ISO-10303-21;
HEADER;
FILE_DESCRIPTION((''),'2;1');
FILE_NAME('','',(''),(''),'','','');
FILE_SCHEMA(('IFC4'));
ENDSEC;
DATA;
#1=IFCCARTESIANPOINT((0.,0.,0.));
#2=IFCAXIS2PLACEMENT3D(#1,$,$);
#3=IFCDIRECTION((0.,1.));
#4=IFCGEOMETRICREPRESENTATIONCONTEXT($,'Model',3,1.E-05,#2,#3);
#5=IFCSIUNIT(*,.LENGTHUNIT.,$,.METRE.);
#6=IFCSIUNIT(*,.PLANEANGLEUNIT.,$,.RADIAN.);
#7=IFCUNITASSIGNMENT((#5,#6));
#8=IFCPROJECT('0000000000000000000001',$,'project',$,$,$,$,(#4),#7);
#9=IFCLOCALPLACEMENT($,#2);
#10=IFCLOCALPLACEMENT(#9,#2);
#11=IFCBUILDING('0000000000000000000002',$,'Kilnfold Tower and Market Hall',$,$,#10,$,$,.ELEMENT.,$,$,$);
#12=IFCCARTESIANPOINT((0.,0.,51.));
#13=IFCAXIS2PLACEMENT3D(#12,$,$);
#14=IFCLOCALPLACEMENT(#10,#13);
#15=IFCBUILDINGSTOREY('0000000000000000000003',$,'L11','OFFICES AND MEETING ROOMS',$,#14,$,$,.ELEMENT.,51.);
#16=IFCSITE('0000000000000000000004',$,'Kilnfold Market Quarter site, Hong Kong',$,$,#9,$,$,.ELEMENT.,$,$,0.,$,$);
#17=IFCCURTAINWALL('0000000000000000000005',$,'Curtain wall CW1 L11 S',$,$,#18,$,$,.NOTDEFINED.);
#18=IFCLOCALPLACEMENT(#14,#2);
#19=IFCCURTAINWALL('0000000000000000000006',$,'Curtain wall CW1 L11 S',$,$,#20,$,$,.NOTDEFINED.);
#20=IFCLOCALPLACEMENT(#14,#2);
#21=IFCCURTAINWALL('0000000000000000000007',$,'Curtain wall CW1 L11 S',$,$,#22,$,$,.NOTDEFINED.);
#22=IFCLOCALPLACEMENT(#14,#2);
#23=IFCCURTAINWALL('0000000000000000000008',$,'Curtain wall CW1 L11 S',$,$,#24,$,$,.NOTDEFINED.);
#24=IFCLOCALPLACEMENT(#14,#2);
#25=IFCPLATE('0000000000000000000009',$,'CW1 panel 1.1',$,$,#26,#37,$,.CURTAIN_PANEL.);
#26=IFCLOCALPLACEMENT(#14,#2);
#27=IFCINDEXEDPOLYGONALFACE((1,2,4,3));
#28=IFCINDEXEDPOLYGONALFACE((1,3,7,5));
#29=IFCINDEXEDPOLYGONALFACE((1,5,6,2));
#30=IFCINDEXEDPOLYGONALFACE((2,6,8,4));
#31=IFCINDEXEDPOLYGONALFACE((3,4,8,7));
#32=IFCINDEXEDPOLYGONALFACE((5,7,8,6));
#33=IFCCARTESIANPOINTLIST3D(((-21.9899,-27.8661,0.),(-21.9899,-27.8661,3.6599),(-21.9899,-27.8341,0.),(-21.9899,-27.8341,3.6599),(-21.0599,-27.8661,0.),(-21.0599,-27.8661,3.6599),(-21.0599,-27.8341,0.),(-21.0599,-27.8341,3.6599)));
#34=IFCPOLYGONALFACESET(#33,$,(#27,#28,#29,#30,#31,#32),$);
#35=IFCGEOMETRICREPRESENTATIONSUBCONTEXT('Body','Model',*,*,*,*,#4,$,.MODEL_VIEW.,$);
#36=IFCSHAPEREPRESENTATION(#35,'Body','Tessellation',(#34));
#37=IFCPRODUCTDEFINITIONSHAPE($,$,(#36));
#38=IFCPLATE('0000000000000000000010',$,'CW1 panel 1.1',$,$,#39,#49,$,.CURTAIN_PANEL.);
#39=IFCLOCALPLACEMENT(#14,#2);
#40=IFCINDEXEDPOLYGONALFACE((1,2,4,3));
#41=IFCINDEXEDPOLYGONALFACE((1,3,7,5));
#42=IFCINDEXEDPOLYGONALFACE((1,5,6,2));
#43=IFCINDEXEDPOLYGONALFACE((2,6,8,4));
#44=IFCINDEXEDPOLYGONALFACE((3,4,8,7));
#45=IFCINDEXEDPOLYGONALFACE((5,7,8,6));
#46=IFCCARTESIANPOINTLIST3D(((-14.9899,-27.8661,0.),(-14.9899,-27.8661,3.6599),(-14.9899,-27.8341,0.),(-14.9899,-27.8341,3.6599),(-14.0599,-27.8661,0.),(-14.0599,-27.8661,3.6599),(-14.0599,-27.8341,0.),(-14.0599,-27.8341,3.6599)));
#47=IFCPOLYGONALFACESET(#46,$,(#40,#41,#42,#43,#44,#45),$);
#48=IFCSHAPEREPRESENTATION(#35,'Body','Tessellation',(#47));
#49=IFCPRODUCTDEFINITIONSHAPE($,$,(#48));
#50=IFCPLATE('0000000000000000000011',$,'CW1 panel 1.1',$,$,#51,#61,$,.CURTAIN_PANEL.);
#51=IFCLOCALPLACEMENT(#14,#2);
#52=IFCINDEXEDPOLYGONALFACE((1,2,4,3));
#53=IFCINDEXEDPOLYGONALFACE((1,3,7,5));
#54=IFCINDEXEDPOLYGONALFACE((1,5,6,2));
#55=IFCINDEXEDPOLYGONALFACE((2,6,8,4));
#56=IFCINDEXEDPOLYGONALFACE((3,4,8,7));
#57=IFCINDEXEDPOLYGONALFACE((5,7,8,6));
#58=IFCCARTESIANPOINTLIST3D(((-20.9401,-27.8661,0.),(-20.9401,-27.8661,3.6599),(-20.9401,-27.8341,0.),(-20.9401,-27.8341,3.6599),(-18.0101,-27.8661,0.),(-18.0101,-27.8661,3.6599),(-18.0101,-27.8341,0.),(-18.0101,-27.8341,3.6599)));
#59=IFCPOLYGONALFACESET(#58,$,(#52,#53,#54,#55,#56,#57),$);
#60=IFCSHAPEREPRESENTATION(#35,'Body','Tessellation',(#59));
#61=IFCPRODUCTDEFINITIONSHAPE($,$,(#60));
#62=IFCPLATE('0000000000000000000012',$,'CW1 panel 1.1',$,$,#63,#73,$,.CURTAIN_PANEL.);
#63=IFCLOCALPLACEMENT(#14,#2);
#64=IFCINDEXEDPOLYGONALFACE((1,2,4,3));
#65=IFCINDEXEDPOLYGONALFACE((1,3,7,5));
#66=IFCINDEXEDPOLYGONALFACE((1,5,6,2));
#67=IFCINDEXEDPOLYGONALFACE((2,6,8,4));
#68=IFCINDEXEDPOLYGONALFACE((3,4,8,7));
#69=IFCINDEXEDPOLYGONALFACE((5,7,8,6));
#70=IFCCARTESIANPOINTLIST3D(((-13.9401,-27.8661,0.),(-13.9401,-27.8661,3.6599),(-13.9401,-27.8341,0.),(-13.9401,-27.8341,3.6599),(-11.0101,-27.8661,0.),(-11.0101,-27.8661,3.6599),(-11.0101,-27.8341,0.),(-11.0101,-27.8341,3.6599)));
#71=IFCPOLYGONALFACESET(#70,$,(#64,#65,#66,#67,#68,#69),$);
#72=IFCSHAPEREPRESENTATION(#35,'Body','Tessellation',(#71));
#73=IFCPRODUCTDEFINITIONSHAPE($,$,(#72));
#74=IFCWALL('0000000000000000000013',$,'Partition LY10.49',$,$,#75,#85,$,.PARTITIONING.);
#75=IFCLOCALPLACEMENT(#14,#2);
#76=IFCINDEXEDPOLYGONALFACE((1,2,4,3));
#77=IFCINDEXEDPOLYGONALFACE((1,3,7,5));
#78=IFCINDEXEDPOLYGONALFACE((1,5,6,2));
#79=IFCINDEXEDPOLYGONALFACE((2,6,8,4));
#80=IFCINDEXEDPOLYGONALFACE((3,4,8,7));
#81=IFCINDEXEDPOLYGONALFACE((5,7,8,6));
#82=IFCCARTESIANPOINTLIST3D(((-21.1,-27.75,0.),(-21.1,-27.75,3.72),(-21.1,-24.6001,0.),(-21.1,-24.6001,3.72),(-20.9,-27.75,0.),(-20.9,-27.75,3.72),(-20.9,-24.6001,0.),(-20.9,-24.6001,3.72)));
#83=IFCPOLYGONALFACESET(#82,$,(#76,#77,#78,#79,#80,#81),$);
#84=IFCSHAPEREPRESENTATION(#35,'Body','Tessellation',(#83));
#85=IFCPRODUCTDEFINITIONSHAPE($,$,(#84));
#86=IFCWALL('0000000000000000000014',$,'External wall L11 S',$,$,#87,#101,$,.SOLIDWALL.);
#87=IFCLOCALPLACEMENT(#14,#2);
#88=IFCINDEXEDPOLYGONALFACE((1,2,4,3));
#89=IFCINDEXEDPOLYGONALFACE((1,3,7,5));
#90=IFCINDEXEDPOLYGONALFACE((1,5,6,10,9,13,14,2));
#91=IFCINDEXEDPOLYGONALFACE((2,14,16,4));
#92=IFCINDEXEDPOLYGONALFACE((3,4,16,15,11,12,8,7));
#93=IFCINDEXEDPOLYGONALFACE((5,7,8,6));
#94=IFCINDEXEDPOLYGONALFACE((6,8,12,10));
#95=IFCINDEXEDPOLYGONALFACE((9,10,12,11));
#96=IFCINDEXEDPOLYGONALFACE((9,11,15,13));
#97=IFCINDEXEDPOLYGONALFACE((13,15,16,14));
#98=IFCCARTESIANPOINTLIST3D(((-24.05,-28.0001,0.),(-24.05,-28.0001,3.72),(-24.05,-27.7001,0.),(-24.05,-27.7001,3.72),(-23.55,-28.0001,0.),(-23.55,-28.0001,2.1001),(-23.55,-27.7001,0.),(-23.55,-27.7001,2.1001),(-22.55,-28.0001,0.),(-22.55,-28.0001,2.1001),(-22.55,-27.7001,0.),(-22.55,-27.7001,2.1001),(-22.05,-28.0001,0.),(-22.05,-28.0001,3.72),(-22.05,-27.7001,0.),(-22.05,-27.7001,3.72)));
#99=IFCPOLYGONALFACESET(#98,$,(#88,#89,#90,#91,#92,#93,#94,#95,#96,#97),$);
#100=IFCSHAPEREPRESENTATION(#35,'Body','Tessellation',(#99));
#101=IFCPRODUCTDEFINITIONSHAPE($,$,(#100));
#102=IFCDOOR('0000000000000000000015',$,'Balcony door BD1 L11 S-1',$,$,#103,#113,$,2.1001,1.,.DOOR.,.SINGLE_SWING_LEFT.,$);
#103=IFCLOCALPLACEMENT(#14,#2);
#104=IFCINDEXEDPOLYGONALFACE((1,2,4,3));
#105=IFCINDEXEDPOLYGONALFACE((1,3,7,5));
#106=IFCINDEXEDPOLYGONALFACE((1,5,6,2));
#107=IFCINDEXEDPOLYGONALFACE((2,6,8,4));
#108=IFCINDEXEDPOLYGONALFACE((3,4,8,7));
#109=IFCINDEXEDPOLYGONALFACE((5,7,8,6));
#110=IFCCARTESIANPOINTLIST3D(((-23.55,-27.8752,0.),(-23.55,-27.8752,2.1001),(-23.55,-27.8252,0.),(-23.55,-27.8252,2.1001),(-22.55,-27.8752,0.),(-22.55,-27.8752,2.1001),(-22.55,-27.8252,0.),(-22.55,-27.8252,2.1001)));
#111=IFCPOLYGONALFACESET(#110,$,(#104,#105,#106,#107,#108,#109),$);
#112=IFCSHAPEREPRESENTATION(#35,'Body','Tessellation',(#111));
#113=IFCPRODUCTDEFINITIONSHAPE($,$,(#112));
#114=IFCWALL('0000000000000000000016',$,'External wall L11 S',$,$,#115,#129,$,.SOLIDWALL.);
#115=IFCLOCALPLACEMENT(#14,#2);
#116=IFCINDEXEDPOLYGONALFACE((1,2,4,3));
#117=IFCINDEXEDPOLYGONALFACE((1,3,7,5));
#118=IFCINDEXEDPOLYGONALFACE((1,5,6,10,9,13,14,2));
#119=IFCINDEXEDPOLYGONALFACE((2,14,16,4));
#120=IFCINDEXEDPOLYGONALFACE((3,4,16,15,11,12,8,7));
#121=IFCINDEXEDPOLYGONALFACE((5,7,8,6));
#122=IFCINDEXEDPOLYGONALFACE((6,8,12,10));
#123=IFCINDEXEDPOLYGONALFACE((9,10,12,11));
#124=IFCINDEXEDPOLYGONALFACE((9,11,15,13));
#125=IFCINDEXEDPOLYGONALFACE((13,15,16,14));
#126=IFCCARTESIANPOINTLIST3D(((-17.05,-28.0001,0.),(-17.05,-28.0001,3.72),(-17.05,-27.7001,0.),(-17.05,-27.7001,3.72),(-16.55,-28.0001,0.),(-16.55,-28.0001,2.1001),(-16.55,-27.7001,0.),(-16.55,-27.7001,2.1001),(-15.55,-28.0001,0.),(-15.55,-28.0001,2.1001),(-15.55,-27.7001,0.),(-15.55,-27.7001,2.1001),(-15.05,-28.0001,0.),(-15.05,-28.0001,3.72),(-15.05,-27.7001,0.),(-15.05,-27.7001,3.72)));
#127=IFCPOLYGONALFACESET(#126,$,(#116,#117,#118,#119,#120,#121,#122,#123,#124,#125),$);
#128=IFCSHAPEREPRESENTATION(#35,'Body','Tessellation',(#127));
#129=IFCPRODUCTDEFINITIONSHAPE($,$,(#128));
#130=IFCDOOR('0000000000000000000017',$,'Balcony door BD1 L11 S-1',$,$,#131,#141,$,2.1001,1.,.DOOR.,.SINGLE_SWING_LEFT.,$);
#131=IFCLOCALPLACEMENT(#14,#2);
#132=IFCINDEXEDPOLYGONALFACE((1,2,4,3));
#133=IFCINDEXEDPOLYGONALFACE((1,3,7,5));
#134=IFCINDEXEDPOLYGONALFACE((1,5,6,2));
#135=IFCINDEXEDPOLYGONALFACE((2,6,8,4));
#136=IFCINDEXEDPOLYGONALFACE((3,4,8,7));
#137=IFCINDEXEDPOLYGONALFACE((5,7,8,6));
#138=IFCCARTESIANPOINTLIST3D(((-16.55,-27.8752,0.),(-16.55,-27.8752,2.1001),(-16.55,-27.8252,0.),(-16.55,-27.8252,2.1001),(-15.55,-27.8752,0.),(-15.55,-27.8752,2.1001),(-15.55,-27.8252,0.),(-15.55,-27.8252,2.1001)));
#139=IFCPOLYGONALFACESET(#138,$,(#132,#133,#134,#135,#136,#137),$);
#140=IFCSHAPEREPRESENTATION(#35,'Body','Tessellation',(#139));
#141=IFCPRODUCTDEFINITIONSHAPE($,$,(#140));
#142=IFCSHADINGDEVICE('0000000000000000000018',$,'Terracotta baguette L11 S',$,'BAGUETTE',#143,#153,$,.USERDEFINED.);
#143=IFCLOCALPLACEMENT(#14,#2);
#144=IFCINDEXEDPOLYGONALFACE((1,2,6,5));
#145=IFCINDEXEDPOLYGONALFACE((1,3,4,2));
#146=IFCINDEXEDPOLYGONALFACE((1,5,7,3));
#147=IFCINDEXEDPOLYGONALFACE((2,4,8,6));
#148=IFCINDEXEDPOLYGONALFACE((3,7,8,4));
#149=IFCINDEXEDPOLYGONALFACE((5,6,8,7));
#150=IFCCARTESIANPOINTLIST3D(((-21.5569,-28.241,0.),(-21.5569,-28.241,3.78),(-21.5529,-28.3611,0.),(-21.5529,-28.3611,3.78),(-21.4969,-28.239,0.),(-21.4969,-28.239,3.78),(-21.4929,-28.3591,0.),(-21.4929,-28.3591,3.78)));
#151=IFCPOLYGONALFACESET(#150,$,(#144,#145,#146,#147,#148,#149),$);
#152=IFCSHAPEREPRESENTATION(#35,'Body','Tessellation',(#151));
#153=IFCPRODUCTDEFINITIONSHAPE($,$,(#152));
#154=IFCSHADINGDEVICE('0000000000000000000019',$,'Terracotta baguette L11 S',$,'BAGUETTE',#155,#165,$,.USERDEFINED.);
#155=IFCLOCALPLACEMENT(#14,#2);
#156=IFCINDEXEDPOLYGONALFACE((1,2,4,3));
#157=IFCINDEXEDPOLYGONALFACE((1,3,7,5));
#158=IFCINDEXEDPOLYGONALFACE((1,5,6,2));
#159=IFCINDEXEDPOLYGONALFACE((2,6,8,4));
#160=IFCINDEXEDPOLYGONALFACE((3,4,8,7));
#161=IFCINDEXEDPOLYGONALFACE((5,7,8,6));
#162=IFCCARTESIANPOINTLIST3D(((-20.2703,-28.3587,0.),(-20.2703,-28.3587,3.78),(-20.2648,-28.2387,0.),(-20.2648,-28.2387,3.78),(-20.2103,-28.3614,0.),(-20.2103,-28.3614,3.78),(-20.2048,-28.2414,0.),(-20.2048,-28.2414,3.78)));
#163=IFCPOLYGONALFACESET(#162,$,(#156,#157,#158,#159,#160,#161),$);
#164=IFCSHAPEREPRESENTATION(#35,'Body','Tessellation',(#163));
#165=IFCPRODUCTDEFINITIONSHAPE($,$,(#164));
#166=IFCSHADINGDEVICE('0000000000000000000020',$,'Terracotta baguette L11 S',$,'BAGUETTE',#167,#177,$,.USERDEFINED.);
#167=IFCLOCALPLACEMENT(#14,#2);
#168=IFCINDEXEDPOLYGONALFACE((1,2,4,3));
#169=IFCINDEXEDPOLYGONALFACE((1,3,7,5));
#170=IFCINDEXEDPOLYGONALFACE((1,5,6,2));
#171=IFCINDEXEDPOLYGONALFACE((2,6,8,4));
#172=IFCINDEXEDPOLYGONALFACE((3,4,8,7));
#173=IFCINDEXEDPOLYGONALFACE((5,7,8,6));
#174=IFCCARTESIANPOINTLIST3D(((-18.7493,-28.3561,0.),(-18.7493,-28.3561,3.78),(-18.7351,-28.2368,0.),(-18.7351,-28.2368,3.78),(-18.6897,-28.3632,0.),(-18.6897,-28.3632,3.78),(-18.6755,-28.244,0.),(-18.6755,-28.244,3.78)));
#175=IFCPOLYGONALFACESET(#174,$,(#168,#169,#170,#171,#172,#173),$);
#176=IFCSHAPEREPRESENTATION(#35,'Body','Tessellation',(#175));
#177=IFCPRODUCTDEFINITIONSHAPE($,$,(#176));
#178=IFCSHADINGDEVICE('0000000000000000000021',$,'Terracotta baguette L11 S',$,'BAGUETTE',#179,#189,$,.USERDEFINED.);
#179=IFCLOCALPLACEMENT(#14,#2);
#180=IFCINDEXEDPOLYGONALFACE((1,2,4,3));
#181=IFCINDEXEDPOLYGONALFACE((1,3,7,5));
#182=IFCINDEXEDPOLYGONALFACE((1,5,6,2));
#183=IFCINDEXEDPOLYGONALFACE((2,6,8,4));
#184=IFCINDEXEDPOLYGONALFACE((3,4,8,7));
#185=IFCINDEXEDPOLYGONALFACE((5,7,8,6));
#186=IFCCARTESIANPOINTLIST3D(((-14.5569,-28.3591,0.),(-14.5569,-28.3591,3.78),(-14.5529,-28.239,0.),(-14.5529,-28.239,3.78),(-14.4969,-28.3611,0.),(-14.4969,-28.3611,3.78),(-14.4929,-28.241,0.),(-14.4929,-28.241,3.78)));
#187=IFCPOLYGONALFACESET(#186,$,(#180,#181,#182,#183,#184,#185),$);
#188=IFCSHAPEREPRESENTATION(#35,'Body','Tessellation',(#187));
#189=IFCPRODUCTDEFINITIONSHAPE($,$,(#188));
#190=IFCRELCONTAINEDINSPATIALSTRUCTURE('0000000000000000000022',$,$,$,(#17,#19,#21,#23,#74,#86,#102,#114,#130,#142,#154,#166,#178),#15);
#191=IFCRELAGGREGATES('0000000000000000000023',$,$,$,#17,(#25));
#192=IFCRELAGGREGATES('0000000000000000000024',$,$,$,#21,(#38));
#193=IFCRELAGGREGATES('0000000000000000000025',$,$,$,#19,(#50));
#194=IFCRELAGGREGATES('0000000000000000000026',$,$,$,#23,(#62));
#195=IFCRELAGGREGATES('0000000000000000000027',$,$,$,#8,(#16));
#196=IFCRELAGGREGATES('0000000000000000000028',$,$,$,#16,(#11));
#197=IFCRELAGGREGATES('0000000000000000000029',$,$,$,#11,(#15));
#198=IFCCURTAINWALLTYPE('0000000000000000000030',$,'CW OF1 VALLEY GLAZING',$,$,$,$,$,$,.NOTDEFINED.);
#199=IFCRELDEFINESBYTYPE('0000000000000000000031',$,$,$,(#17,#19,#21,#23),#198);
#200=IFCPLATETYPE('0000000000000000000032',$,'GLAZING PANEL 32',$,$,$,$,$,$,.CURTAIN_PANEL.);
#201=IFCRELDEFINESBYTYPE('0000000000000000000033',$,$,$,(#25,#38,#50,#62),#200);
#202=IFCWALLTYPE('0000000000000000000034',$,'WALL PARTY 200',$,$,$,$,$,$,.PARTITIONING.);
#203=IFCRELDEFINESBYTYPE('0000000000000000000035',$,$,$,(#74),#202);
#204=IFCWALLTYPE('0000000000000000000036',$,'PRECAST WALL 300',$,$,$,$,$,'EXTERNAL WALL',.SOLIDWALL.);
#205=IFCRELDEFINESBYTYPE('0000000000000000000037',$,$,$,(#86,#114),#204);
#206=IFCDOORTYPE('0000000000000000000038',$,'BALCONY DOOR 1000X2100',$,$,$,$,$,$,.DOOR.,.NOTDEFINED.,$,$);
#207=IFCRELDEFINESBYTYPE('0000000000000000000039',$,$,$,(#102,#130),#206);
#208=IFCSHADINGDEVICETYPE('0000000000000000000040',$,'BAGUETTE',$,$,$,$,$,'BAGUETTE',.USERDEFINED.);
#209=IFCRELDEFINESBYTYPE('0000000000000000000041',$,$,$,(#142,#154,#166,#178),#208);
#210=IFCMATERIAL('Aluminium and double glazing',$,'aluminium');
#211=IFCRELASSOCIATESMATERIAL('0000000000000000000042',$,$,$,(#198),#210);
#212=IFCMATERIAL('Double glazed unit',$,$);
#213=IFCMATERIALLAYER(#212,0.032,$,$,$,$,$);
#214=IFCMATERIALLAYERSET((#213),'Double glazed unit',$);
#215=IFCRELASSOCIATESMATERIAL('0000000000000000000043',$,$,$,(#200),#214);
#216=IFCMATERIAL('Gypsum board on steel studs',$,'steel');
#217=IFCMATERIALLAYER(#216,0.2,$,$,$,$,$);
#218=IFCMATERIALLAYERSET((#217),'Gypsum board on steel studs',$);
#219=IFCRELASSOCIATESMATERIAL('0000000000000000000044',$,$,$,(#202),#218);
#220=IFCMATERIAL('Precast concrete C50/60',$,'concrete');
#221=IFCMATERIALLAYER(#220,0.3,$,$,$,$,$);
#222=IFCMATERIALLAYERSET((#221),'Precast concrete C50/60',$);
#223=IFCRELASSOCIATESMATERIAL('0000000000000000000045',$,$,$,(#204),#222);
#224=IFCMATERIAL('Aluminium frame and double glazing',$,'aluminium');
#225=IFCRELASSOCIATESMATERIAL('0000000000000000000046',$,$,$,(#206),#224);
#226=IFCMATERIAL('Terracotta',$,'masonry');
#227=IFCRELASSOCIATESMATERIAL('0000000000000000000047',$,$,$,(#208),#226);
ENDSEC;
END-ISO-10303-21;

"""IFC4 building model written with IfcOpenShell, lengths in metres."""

from ifc_helpers import new_model, si_unit, direction, frame, frame_2d, origin, origin_2d, place, context, subcontext, project, spatial, rectangle, extrude, source, transform, mapped, material, layer, layer_set, material_profile, profile_set, type_object, element, fill, aggregate, save


model = new_model("IFC4")

# Units and contexts
model_context = context("Model", 3, precision=1e-05, world=origin(), true_north=direction((0.0, 1.0)))
body_context = subcontext(model_context, "Body", "Model", "MODEL_VIEW")
ifc_project = project(units=[si_unit("LENGTHUNIT", "METRE"), si_unit("PLANEANGLEUNIT", "RADIAN")], contexts=[model_context])

# Site, building, storey
site_placement = place(None, origin())
site = spatial("IfcSite", under=ifc_project, at=site_placement, Name="Kilnfold Market Quarter site, Hong Kong", CompositionType="ELEMENT", RefElevation=0.0)
building_placement = place(site_placement, origin())
building = spatial("IfcBuilding", under=site, at=building_placement, Name="Kilnfold Tower and Market Hall", CompositionType="ELEMENT")
storey_placement = place(building_placement, frame((0.0, 0.0, 51.0)))
storey = spatial("IfcBuildingStorey", under=building, at=storey_placement, Name="L11", Description="OFFICES AND MEETING ROOMS", CompositionType="ELEMENT", Elevation=51.0)

# Curtain walls
ifc_material_1 = material(Name="Aluminium and double glazing", Category="aluminium")
curtain_wall_type = type_object("IfcCurtainWallType", Name="CW OF1 VALLEY GLAZING", PredefinedType="NOTDEFINED", material=ifc_material_1)
curtain_wall_1_placement = place(storey_placement, origin())
curtain_wall_1 = element("IfcCurtainWall", 1, at=curtain_wall_1_placement, inside=storey, type_object=curtain_wall_type, Name="Curtain wall CW1 L11 S", PredefinedType="NOTDEFINED")
curtain_wall_2_placement = place(storey_placement, origin())
curtain_wall_2 = element("IfcCurtainWall", 2, at=curtain_wall_2_placement, inside=storey, type_object=curtain_wall_type, Name="Curtain wall CW1 L11 S", PredefinedType="NOTDEFINED")
curtain_wall_3_placement = place(storey_placement, origin())
curtain_wall_3 = element("IfcCurtainWall", 3, at=curtain_wall_3_placement, inside=storey, type_object=curtain_wall_type, Name="Curtain wall CW1 L11 S", PredefinedType="NOTDEFINED")
curtain_wall_4_placement = place(storey_placement, origin())
curtain_wall_4 = element("IfcCurtainWall", 4, at=curtain_wall_4_placement, inside=storey, type_object=curtain_wall_type, Name="Curtain wall CW1 L11 S", PredefinedType="NOTDEFINED")

# Plates
ifc_material_2 = material(Name="Double glazed unit")
ifc_layer_1 = layer(ifc_material_2, 0.032)
ifc_layer_set_1 = layer_set([ifc_layer_1], Name="Double glazed unit")
plate_type = type_object("IfcPlateType", Name="GLAZING PANEL 32", PredefinedType="CURTAIN_PANEL", material=ifc_layer_set_1)
shared_shape_1 = source(origin(), body_context, "Body", "SweptSolid", [
    extrude(rectangle(XDim=0.9299, YDim=0.032, at=origin_2d()), origin(), (0.0, 0.0, 1.0), 3.6599),
])
plate_1_placement = place(storey_placement, frame((-21.5249, -27.8501, 0.0), z_axis=(0.0, 0.0, 1.0), x_axis=(1.0, 0.0, 0.0)))
plate_1 = element("IfcPlate", 5, at=plate_1_placement, type_object=plate_type, Name="CW1 panel 1.1", PredefinedType="CURTAIN_PANEL", context=body_context, shape_type="MappedRepresentation", body=[
    mapped(shared_shape_1, transform((0.0, 0.0, 0.0))),
])
aggregate(curtain_wall_1, [plate_1])
plate_2_placement = place(storey_placement, frame((-14.5249, -27.8501, 0.0), z_axis=(0.0, 0.0, 1.0), x_axis=(1.0, 0.0, 0.0)))
plate_2 = element("IfcPlate", 6, at=plate_2_placement, type_object=plate_type, Name="CW1 panel 1.1", PredefinedType="CURTAIN_PANEL", context=body_context, shape_type="MappedRepresentation", body=[
    mapped(shared_shape_1, transform((0.0, 0.0, 0.0))),
])
aggregate(curtain_wall_3, [plate_2])
shared_shape_2 = source(origin(), body_context, "Body", "SweptSolid", [
    extrude(rectangle(XDim=2.9299, YDim=0.032, at=origin_2d()), origin(), (0.0, 0.0, 1.0), 3.6599),
])
plate_3_placement = place(storey_placement, frame((-19.4751, -27.8501, 0.0), z_axis=(0.0, 0.0, 1.0), x_axis=(1.0, 0.0, 0.0)))
plate_3 = element("IfcPlate", 7, at=plate_3_placement, type_object=plate_type, Name="CW1 panel 1.1", PredefinedType="CURTAIN_PANEL", context=body_context, shape_type="MappedRepresentation", body=[
    mapped(shared_shape_2, transform((0.0, 0.0, 0.0))),
])
aggregate(curtain_wall_2, [plate_3])
plate_4_placement = place(storey_placement, frame((-12.4751, -27.8501, 0.0), z_axis=(0.0, 0.0, 1.0), x_axis=(1.0, 0.0, 0.0)))
plate_4 = element("IfcPlate", 8, at=plate_4_placement, type_object=plate_type, Name="CW1 panel 1.1", PredefinedType="CURTAIN_PANEL", context=body_context, shape_type="MappedRepresentation", body=[
    mapped(shared_shape_2, transform((0.0, 0.0, 0.0))),
])
aggregate(curtain_wall_4, [plate_4])

# Wall
ifc_material_3 = material(Name="Gypsum board on steel studs", Category="steel")
ifc_layer_2 = layer(ifc_material_3, 0.2)
ifc_layer_set_2 = layer_set([ifc_layer_2], Name="Gypsum board on steel studs")
wall_type_1 = type_object("IfcWallType", Name="WALL PARTY 200", PredefinedType="PARTITIONING", material=ifc_layer_set_2)
wall_1_placement = place(storey_placement, frame((-21.0, -27.75, 0.0), z_axis=(0.0, 0.0, 1.0), x_axis=(0.0, 1.0, 0.0)))
element("IfcWall", 9, at=wall_1_placement, inside=storey, type_object=wall_type_1, Name="Partition LY10.49", PredefinedType="PARTITIONING", context=body_context, shape_type="SweptSolid", body=[
    extrude(rectangle(XDim=3.1499, YDim=0.2, at=frame_2d((1.575, 0.0))), origin(), (0.0, 0.0, 1.0), 3.72),
])

# Walls, openings, doors
ifc_material_4 = material(Name="Precast concrete C50/60", Category="concrete")
ifc_layer_3 = layer(ifc_material_4, 0.3)
ifc_layer_set_3 = layer_set([ifc_layer_3], Name="Precast concrete C50/60")
wall_type_2 = type_object("IfcWallType", Name="PRECAST WALL 300", ElementType="EXTERNAL WALL", PredefinedType="SOLIDWALL", material=ifc_layer_set_3)
shared_shape_3 = source(origin(), body_context, "Body", "SweptSolid", [
    extrude(rectangle(XDim=2.0, YDim=0.3, at=frame_2d((1.0, 0.0))), origin(), (0.0, 0.0, 1.0), 3.72),
])
wall_2_placement = place(storey_placement, frame((-24.05, -27.8501, 0.0), z_axis=(0.0, 0.0, 1.0), x_axis=(1.0, 0.0, 0.0)))
wall_2 = element("IfcWall", 10, at=wall_2_placement, inside=storey, type_object=wall_type_2, Name="External wall L11 S", PredefinedType="SOLIDWALL", context=body_context, shape_type="MappedRepresentation", body=[
    mapped(shared_shape_3, transform((0.0, 0.0, 0.0))),
])
opening_1_placement = place(wall_2_placement, frame((0.5, 0.0, 0.0)))
opening_1 = element("IfcOpeningElement", 11, at=opening_1_placement, cuts=wall_2, PredefinedType="OPENING", context=body_context, shape_type="SweptSolid", body=[
    extrude(rectangle(XDim=1.0, YDim=2.1001, at=frame_2d((0.5, 1.05))), frame((0.0, 0.1602, 0.0), z_axis=(0.0, -1.0, 0.0), x_axis=(1.0, 0.0, 0.0)), (0.0, 0.0, 1.0), 0.3201),
])
ifc_material_5 = material(Name="Aluminium frame and double glazing", Category="aluminium")
door_type = type_object("IfcDoorType", Name="BALCONY DOOR 1000X2100", OperationType="NOTDEFINED", PredefinedType="DOOR", material=ifc_material_5)
door_1_placement = place(opening_1_placement, origin())
door_1 = element("IfcDoor", 12, at=door_1_placement, inside=storey, type_object=door_type, Name="Balcony door BD1 L11 S-1", OperationType="SINGLE_SWING_LEFT", OverallHeight=2.1001, OverallWidth=1.0, PredefinedType="DOOR", context=body_context, shape_type="SweptSolid", body=[
    extrude(rectangle(XDim=1.0, YDim=2.1001, at=frame_2d((0.5, 1.05))), frame((0.0, 0.0249, 0.0), z_axis=(0.0, -1.0, 0.0), x_axis=(1.0, 0.0, 0.0)), (0.0, 0.0, 1.0), 0.05),
])
fill(opening_1, door_1)
wall_3_placement = place(storey_placement, frame((-17.05, -27.8501, 0.0), z_axis=(0.0, 0.0, 1.0), x_axis=(1.0, 0.0, 0.0)))
wall_3 = element("IfcWall", 13, at=wall_3_placement, inside=storey, type_object=wall_type_2, Name="External wall L11 S", PredefinedType="SOLIDWALL", context=body_context, shape_type="MappedRepresentation", body=[
    mapped(shared_shape_3, transform((0.0, 0.0, 0.0))),
])
opening_2_placement = place(wall_3_placement, frame((0.5, 0.0, 0.0)))
opening_2 = element("IfcOpeningElement", 14, at=opening_2_placement, cuts=wall_3, PredefinedType="OPENING", context=body_context, shape_type="SweptSolid", body=[
    extrude(rectangle(XDim=1.0, YDim=2.1001, at=frame_2d((0.5, 1.05))), frame((0.0, 0.1602, 0.0), z_axis=(0.0, -1.0, 0.0), x_axis=(1.0, 0.0, 0.0)), (0.0, 0.0, 1.0), 0.3201),
])
door_2_placement = place(opening_2_placement, origin())
door_2 = element("IfcDoor", 15, at=door_2_placement, inside=storey, type_object=door_type, Name="Balcony door BD1 L11 S-1", OperationType="SINGLE_SWING_LEFT", OverallHeight=2.1001, OverallWidth=1.0, PredefinedType="DOOR", context=body_context, shape_type="SweptSolid", body=[
    extrude(rectangle(XDim=1.0, YDim=2.1001, at=frame_2d((0.5, 1.05))), frame((0.0, 0.0249, 0.0), z_axis=(0.0, -1.0, 0.0), x_axis=(1.0, 0.0, 0.0)), (0.0, 0.0, 1.0), 0.05),
])
fill(opening_2, door_2)

# Shading devices
ifc_material_6 = material(Name="Terracotta", Category="masonry")
ifc_material_profile_1 = material_profile(ifc_material_6, rectangle(XDim=0.0601, YDim=0.1201, at=origin_2d()), Name="BAG 60x120")
ifc_profile_set_1 = profile_set([ifc_material_profile_1], Name="Terracotta")
shading_device_type = type_object("IfcShadingDeviceType", Name="BAGUETTE", ElementType="BAGUETTE", PredefinedType="USERDEFINED", material=ifc_profile_set_1)
shared_shape_4 = source(origin(), body_context, "Body", "SweptSolid", [
    extrude(rectangle(XDim=0.0601, YDim=0.1201, at=origin_2d()), origin(), (0.0, 0.0, 1.0), 3.78),
])
for number, where, z_axis, x_axis, name in (
    (16, (-21.5249, -28.3, 0.0), (0.0, 0.0, 1.0), (0.999441, 0.033441, 0.0), "Terracotta baguette L11 S"),
    (17, (-20.2375, -28.3, 0.0), (0.0, 0.0, 1.0), (0.998941, -0.04601, 0.0), "Terracotta baguette L11 S"),
    (18, (-18.7124, -28.3, 0.0), (0.0, 0.0, 1.0), (0.992928, -0.118721, 0.0), "Terracotta baguette L11 S"),
    (19, (-14.5249, -28.3, 0.0), (0.0, 0.0, 1.0), (0.999441, -0.033441, 0.0), "Terracotta baguette L11 S"),
):
    element("IfcShadingDevice", number, at=place(storey_placement, frame(where, z_axis=z_axis, x_axis=x_axis)), inside=storey, type_object=shading_device_type, Name=name, ObjectType="BAGUETTE", PredefinedType="USERDEFINED", context=body_context, shape_type="MappedRepresentation", body=[
        mapped(shared_shape_4, transform((0.0, 0.0, 0.0))),
    ])

save(model, "model.ifc")
